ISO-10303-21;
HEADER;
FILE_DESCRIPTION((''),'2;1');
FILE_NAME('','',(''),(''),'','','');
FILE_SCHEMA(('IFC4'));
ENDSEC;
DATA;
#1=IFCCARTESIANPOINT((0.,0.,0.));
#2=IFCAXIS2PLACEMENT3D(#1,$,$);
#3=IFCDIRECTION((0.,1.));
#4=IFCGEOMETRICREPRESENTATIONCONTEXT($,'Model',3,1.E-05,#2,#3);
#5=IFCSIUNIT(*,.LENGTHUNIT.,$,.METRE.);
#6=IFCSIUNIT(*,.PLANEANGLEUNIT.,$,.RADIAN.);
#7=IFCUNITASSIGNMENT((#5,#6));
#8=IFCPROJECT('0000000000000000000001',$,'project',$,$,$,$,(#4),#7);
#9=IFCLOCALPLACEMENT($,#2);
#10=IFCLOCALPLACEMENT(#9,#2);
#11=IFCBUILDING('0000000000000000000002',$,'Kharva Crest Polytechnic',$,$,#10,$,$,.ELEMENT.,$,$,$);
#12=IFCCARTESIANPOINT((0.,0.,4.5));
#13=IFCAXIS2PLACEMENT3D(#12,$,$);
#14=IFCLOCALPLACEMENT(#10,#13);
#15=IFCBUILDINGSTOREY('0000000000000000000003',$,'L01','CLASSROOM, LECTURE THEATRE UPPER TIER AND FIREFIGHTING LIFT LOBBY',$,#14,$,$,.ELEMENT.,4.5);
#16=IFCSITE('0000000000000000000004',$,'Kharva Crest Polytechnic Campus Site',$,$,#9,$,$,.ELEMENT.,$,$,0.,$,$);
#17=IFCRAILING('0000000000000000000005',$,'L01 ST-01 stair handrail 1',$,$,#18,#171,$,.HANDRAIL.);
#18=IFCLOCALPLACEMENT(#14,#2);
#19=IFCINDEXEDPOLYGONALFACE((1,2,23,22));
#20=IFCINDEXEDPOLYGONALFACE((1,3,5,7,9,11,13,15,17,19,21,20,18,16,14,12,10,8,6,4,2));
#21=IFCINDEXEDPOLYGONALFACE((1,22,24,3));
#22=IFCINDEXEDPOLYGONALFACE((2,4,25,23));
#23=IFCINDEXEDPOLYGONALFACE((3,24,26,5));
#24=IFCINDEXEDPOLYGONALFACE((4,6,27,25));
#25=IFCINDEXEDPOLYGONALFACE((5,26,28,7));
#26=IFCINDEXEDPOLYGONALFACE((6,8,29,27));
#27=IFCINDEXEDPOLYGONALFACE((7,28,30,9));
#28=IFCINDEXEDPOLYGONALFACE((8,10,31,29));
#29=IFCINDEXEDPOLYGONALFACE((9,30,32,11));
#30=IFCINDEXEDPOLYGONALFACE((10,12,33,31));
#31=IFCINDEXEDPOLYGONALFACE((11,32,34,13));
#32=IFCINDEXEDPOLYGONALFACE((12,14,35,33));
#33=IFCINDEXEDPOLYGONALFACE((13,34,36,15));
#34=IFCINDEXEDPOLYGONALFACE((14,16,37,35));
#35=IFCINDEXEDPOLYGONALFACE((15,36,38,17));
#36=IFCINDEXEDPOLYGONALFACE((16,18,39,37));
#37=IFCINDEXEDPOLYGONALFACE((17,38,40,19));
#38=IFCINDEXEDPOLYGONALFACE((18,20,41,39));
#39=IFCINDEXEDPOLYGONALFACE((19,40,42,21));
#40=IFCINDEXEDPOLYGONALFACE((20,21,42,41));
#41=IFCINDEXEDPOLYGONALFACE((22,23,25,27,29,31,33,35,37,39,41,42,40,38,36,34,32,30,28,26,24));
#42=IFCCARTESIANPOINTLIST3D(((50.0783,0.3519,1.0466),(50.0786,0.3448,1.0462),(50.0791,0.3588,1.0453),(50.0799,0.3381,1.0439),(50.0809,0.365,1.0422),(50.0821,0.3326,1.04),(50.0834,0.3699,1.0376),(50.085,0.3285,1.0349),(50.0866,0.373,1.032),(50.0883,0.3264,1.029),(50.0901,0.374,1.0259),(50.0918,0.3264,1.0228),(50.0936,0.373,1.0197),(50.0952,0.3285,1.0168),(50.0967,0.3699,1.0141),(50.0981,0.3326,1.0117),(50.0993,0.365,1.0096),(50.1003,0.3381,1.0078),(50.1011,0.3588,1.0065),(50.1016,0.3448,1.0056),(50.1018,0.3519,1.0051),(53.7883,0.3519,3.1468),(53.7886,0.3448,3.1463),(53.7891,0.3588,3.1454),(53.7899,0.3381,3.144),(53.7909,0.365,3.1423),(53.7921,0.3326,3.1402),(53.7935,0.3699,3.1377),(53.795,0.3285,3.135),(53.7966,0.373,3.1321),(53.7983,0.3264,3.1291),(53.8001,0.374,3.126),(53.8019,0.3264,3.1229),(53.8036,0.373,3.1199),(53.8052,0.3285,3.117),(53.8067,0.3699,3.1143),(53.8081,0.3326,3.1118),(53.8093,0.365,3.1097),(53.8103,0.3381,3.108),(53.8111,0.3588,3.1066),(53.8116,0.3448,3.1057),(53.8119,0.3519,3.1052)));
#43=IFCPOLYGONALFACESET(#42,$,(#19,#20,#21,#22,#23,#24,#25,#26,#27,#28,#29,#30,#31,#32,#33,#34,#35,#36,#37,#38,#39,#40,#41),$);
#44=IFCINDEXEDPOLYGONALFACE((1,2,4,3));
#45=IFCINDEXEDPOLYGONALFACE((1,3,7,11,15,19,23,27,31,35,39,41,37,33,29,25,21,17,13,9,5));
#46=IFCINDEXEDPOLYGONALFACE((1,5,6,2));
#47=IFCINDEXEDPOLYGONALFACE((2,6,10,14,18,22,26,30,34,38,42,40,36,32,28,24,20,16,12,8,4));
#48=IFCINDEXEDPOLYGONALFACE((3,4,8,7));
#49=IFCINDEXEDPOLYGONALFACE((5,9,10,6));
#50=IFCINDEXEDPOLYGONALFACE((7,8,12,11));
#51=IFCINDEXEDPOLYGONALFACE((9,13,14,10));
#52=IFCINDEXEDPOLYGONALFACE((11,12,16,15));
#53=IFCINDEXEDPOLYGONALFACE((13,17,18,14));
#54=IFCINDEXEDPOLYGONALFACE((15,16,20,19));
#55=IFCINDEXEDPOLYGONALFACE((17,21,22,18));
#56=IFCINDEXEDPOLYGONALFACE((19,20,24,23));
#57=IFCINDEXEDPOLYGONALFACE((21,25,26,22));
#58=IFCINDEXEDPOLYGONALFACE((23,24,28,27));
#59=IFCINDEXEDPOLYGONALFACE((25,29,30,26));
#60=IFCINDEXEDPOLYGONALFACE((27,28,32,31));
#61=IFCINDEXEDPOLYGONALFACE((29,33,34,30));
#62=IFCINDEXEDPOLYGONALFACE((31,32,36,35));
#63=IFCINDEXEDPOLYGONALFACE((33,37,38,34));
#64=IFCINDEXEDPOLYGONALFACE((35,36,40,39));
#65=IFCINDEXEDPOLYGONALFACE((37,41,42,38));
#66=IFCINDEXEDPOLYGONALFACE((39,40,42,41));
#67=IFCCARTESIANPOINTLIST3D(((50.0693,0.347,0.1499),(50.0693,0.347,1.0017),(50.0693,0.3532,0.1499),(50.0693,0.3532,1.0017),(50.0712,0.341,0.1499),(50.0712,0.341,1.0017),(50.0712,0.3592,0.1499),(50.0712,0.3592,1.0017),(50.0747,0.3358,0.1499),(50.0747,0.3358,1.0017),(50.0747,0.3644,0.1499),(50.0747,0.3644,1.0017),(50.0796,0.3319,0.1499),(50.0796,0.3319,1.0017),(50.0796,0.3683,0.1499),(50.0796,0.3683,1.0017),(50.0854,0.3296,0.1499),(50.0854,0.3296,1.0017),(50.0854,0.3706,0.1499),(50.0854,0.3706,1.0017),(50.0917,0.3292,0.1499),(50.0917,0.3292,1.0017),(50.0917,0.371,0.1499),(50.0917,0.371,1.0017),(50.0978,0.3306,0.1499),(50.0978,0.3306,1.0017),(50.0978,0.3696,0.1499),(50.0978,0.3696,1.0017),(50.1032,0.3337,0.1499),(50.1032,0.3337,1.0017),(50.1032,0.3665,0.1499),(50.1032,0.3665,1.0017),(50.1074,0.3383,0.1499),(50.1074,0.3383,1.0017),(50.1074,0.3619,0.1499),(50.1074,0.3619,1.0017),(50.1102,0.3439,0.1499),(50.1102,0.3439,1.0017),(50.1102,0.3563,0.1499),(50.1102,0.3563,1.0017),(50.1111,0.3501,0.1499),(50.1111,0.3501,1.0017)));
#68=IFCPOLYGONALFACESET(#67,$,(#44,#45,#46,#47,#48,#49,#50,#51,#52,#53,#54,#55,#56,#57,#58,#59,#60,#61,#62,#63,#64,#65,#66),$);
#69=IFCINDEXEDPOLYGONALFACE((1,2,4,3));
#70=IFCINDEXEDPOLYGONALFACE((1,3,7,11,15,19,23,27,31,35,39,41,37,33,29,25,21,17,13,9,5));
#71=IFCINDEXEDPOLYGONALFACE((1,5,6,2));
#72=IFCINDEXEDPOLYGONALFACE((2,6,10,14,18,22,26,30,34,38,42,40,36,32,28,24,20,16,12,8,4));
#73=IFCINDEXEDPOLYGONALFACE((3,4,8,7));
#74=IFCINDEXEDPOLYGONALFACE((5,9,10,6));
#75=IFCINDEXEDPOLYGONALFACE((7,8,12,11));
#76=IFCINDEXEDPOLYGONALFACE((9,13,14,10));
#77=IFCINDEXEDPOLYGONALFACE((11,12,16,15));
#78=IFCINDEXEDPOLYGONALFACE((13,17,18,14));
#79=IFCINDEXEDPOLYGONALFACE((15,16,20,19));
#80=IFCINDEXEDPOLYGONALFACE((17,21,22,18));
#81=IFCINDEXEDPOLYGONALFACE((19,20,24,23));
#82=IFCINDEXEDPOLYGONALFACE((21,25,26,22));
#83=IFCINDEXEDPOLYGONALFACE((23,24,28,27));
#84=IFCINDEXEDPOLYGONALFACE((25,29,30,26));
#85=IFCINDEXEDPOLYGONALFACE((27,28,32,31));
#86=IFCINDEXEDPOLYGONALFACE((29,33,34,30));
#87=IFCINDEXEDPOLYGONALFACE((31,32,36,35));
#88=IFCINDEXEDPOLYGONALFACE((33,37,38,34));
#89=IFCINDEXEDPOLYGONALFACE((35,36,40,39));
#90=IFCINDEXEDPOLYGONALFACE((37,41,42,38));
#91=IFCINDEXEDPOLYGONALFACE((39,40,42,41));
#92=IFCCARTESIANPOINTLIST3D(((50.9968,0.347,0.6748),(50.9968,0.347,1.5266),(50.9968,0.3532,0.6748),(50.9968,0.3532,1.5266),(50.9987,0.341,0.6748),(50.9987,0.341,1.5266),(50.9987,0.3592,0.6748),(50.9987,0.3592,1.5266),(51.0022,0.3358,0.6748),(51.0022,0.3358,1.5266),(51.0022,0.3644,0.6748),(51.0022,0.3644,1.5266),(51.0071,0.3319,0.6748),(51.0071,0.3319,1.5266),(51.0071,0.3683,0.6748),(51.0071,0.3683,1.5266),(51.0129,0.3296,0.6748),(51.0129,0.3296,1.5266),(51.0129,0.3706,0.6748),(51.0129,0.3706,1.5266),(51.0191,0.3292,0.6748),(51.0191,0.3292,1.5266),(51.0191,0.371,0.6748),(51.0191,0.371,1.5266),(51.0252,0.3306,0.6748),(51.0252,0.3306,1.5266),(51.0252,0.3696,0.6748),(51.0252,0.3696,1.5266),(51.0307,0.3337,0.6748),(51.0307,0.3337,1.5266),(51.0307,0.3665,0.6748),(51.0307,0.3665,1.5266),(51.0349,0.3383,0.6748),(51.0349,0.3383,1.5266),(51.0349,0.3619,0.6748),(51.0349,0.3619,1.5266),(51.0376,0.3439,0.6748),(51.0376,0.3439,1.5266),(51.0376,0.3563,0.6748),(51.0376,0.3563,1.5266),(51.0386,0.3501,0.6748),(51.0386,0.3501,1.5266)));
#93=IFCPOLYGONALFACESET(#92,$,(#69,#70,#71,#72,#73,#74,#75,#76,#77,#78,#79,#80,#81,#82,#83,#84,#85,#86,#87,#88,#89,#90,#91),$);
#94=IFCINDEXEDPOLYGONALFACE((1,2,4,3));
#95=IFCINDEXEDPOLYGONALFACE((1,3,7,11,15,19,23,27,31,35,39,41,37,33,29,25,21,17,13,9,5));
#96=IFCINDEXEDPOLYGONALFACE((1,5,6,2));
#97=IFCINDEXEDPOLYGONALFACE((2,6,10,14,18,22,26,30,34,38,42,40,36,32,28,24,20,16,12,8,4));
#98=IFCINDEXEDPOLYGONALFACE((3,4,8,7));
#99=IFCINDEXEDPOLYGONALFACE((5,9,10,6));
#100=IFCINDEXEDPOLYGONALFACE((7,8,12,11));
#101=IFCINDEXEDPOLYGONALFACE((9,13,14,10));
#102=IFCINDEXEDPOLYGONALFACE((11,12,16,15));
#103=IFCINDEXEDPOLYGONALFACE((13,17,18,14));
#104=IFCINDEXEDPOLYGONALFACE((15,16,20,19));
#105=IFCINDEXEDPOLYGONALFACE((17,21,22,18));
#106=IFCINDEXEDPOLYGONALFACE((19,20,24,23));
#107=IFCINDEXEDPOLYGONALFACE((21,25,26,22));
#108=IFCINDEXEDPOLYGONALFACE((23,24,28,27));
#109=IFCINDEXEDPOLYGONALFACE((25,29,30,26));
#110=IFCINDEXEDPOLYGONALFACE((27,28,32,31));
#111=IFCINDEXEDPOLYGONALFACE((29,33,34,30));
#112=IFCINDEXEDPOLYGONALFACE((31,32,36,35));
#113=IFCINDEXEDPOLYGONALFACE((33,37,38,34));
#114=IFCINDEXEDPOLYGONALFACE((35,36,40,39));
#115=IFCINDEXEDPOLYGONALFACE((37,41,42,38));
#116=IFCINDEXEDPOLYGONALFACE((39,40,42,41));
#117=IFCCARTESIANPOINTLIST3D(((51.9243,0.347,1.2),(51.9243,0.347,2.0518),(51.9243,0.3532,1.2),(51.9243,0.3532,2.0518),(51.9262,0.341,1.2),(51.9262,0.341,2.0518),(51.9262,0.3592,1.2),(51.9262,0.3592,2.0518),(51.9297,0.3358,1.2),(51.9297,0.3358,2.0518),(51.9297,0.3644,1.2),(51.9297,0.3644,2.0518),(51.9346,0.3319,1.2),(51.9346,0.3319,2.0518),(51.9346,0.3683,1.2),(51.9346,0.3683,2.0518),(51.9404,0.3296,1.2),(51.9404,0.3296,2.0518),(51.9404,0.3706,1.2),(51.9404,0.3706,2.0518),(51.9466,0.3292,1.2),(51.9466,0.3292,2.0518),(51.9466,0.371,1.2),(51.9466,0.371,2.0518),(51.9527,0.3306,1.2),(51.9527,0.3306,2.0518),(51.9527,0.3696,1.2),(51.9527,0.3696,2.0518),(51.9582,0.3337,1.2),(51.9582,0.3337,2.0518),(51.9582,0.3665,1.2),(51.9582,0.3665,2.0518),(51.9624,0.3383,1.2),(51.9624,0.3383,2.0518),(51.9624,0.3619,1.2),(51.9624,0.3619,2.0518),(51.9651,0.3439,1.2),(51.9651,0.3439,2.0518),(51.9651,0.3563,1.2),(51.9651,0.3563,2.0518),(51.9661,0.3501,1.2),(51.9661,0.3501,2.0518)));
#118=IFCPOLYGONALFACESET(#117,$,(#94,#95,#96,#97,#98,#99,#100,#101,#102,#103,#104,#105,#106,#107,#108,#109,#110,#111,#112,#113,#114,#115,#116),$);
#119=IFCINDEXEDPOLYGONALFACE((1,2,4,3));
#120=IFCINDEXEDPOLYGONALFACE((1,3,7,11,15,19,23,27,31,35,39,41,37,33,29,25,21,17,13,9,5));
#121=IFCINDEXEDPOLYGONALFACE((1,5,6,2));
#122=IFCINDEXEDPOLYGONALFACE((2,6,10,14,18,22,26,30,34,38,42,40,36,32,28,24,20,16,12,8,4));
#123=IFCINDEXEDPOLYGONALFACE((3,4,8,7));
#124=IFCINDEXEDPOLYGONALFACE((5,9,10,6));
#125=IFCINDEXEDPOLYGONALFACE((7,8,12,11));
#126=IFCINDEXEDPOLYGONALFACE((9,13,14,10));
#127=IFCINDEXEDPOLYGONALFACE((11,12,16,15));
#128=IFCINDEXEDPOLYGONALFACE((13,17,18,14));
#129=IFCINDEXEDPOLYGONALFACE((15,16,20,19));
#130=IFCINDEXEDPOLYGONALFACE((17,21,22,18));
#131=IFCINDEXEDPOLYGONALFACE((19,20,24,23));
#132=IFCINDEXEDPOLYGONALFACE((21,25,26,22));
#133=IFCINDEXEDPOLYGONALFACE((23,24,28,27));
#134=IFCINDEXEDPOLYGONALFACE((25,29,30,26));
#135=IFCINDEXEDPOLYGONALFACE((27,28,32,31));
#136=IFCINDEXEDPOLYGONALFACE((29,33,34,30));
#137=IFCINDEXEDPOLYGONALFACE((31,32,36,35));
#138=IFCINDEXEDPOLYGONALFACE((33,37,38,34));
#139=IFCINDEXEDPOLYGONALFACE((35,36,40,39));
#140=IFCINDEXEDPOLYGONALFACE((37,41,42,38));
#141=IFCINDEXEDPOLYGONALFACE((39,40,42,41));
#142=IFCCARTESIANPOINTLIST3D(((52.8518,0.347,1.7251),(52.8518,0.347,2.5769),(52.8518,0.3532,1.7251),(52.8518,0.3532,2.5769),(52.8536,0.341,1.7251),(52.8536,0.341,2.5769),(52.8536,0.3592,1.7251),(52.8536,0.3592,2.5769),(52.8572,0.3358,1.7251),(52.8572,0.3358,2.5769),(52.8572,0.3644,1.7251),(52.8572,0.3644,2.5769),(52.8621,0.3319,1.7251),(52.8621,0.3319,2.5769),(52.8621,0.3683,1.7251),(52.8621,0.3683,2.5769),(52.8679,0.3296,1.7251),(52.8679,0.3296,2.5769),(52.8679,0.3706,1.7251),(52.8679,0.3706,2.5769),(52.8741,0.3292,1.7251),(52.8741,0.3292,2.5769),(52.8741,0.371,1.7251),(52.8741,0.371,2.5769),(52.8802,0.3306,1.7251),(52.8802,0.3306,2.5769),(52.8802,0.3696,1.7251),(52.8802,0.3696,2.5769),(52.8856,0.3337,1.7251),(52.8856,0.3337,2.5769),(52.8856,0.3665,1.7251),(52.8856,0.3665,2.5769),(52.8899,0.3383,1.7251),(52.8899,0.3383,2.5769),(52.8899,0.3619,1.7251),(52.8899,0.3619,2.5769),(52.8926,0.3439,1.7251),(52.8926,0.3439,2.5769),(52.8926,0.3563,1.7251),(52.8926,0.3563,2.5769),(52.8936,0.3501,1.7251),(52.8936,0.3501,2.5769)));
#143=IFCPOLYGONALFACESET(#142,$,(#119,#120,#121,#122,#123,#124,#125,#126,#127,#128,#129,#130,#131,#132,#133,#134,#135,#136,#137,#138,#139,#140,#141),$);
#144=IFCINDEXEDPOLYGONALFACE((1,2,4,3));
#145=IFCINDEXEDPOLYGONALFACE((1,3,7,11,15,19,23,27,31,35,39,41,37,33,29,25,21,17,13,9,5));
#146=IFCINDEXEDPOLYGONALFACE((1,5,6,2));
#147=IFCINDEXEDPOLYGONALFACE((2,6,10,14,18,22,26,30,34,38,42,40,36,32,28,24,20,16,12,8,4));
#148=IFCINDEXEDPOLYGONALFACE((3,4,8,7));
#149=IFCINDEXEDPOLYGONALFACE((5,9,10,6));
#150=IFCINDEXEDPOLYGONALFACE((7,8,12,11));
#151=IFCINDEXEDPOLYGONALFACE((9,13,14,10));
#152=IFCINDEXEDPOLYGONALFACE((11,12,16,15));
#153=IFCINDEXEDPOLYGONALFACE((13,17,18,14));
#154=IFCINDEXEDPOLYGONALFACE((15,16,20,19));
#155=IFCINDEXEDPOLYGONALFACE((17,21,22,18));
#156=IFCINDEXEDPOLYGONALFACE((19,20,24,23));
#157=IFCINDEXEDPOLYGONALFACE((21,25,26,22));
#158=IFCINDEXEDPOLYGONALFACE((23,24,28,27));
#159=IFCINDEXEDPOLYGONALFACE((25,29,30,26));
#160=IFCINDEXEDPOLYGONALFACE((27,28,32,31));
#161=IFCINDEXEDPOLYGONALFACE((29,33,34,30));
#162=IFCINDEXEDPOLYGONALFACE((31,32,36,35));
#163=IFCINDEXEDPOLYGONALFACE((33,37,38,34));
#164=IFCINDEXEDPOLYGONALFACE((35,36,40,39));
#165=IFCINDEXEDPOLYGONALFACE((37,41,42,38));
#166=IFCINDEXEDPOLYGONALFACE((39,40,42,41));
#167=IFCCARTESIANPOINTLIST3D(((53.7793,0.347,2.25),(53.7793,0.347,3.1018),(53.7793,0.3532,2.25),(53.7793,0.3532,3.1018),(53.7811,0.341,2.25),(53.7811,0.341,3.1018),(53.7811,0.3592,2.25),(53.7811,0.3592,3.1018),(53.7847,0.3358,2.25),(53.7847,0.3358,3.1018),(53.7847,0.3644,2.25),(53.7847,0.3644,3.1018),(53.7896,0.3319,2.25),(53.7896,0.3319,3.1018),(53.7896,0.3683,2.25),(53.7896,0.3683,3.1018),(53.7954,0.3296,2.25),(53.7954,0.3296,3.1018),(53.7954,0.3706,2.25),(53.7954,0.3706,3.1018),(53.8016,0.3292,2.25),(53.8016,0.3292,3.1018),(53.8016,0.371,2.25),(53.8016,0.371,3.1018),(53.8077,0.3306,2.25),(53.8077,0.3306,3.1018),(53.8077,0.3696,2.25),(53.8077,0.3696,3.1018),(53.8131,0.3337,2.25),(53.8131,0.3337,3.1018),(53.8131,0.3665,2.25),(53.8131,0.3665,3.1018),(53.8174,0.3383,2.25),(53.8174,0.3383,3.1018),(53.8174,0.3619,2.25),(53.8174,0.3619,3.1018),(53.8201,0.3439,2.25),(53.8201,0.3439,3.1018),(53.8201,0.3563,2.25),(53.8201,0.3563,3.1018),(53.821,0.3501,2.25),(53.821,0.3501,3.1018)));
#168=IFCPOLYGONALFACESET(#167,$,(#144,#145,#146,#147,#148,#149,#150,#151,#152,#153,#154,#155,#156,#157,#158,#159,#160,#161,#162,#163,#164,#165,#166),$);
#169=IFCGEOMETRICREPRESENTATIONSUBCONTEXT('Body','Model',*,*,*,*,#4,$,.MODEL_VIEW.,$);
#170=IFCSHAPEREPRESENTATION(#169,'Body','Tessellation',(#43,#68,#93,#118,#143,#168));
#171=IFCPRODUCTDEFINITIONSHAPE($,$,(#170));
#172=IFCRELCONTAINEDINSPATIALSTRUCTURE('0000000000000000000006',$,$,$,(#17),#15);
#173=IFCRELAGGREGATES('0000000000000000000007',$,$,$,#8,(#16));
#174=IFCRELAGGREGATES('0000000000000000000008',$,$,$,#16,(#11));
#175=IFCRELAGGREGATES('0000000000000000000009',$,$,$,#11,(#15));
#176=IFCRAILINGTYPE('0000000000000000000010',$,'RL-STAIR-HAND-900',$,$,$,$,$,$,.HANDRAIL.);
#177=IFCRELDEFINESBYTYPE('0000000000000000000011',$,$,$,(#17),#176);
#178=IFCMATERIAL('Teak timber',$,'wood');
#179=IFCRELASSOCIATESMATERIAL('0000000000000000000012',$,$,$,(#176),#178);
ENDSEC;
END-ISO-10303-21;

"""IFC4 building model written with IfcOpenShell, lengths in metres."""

from ifc_helpers import new_model, si_unit, direction, frame, origin, origin_2d, place, context, subcontext, project, spatial, circle, extrude, material, type_object, element, save


model = new_model("IFC4")

# Units and contexts
model_context = context("Model", 3, precision=1e-05, world=origin(), true_north=direction((0.0, 1.0)))
body_context = subcontext(model_context, "Body", "Model", "MODEL_VIEW")
ifc_project = project(units=[si_unit("LENGTHUNIT", "METRE"), si_unit("PLANEANGLEUNIT", "RADIAN")], contexts=[model_context])

# Site, building, storey
site_placement = place(None, origin())
site = spatial("IfcSite", under=ifc_project, at=site_placement, Name="Kharva Crest Polytechnic Campus Site", CompositionType="ELEMENT", RefElevation=0.0)
building_placement = place(site_placement, origin())
building = spatial("IfcBuilding", under=site, at=building_placement, Name="Kharva Crest Polytechnic", CompositionType="ELEMENT")
storey_placement = place(building_placement, frame((0.0, 0.0, 4.5)))
storey = spatial("IfcBuildingStorey", under=building, at=storey_placement, Name="L01", Description="CLASSROOM, LECTURE THEATRE UPPER TIER AND FIREFIGHTING LIFT LOBBY", CompositionType="ELEMENT", Elevation=4.5)

# Shared definitions
ifc_material_1 = material(Name="Teak timber", Category="wood")

# Railing
railing_type_1 = type_object("IfcRailingType", Name="RL-STAIR-HAND-900", PredefinedType="HANDRAIL", material=ifc_material_1)
railing_1_placement = place(storey_placement, frame((50.0901, 0.3501, 0.1499)))
element("IfcRailing", 1, at=railing_1_placement, inside=storey, type_object=railing_type_1, Name="L01 ST-01 stair handrail 1", PredefinedType="HANDRAIL", context=body_context, shape_type="SweptSolid", body=[
    extrude(circle(Radius=0.0239, at=origin_2d()), frame((0.0, 0.0, 0.876), z_axis=(0.870245, 0.0, 0.492619), x_axis=(0.0, 1.0, 0.0)), (0.0, 0.0, 1.0), 4.2632),
    extrude(circle(Radius=0.021, at=origin_2d()), origin(), (0.0, 0.0, 1.0), 0.8518),
    extrude(circle(Radius=0.021, at=origin_2d()), frame((0.9275, 0.0, 0.5249)), (0.0, 0.0, 1.0), 0.8518),
    extrude(circle(Radius=0.021, at=origin_2d()), frame((1.855, 0.0, 1.05)), (0.0, 0.0, 1.0), 0.8518),
    extrude(circle(Radius=0.021, at=origin_2d()), frame((2.7825, 0.0, 1.5752)), (0.0, 0.0, 1.0), 0.8518),
    extrude(circle(Radius=0.021, at=origin_2d()), frame((3.71, 0.0, 2.1001)), (0.0, 0.0, 1.0), 0.8518),
])

save(model, "model.ifc")
